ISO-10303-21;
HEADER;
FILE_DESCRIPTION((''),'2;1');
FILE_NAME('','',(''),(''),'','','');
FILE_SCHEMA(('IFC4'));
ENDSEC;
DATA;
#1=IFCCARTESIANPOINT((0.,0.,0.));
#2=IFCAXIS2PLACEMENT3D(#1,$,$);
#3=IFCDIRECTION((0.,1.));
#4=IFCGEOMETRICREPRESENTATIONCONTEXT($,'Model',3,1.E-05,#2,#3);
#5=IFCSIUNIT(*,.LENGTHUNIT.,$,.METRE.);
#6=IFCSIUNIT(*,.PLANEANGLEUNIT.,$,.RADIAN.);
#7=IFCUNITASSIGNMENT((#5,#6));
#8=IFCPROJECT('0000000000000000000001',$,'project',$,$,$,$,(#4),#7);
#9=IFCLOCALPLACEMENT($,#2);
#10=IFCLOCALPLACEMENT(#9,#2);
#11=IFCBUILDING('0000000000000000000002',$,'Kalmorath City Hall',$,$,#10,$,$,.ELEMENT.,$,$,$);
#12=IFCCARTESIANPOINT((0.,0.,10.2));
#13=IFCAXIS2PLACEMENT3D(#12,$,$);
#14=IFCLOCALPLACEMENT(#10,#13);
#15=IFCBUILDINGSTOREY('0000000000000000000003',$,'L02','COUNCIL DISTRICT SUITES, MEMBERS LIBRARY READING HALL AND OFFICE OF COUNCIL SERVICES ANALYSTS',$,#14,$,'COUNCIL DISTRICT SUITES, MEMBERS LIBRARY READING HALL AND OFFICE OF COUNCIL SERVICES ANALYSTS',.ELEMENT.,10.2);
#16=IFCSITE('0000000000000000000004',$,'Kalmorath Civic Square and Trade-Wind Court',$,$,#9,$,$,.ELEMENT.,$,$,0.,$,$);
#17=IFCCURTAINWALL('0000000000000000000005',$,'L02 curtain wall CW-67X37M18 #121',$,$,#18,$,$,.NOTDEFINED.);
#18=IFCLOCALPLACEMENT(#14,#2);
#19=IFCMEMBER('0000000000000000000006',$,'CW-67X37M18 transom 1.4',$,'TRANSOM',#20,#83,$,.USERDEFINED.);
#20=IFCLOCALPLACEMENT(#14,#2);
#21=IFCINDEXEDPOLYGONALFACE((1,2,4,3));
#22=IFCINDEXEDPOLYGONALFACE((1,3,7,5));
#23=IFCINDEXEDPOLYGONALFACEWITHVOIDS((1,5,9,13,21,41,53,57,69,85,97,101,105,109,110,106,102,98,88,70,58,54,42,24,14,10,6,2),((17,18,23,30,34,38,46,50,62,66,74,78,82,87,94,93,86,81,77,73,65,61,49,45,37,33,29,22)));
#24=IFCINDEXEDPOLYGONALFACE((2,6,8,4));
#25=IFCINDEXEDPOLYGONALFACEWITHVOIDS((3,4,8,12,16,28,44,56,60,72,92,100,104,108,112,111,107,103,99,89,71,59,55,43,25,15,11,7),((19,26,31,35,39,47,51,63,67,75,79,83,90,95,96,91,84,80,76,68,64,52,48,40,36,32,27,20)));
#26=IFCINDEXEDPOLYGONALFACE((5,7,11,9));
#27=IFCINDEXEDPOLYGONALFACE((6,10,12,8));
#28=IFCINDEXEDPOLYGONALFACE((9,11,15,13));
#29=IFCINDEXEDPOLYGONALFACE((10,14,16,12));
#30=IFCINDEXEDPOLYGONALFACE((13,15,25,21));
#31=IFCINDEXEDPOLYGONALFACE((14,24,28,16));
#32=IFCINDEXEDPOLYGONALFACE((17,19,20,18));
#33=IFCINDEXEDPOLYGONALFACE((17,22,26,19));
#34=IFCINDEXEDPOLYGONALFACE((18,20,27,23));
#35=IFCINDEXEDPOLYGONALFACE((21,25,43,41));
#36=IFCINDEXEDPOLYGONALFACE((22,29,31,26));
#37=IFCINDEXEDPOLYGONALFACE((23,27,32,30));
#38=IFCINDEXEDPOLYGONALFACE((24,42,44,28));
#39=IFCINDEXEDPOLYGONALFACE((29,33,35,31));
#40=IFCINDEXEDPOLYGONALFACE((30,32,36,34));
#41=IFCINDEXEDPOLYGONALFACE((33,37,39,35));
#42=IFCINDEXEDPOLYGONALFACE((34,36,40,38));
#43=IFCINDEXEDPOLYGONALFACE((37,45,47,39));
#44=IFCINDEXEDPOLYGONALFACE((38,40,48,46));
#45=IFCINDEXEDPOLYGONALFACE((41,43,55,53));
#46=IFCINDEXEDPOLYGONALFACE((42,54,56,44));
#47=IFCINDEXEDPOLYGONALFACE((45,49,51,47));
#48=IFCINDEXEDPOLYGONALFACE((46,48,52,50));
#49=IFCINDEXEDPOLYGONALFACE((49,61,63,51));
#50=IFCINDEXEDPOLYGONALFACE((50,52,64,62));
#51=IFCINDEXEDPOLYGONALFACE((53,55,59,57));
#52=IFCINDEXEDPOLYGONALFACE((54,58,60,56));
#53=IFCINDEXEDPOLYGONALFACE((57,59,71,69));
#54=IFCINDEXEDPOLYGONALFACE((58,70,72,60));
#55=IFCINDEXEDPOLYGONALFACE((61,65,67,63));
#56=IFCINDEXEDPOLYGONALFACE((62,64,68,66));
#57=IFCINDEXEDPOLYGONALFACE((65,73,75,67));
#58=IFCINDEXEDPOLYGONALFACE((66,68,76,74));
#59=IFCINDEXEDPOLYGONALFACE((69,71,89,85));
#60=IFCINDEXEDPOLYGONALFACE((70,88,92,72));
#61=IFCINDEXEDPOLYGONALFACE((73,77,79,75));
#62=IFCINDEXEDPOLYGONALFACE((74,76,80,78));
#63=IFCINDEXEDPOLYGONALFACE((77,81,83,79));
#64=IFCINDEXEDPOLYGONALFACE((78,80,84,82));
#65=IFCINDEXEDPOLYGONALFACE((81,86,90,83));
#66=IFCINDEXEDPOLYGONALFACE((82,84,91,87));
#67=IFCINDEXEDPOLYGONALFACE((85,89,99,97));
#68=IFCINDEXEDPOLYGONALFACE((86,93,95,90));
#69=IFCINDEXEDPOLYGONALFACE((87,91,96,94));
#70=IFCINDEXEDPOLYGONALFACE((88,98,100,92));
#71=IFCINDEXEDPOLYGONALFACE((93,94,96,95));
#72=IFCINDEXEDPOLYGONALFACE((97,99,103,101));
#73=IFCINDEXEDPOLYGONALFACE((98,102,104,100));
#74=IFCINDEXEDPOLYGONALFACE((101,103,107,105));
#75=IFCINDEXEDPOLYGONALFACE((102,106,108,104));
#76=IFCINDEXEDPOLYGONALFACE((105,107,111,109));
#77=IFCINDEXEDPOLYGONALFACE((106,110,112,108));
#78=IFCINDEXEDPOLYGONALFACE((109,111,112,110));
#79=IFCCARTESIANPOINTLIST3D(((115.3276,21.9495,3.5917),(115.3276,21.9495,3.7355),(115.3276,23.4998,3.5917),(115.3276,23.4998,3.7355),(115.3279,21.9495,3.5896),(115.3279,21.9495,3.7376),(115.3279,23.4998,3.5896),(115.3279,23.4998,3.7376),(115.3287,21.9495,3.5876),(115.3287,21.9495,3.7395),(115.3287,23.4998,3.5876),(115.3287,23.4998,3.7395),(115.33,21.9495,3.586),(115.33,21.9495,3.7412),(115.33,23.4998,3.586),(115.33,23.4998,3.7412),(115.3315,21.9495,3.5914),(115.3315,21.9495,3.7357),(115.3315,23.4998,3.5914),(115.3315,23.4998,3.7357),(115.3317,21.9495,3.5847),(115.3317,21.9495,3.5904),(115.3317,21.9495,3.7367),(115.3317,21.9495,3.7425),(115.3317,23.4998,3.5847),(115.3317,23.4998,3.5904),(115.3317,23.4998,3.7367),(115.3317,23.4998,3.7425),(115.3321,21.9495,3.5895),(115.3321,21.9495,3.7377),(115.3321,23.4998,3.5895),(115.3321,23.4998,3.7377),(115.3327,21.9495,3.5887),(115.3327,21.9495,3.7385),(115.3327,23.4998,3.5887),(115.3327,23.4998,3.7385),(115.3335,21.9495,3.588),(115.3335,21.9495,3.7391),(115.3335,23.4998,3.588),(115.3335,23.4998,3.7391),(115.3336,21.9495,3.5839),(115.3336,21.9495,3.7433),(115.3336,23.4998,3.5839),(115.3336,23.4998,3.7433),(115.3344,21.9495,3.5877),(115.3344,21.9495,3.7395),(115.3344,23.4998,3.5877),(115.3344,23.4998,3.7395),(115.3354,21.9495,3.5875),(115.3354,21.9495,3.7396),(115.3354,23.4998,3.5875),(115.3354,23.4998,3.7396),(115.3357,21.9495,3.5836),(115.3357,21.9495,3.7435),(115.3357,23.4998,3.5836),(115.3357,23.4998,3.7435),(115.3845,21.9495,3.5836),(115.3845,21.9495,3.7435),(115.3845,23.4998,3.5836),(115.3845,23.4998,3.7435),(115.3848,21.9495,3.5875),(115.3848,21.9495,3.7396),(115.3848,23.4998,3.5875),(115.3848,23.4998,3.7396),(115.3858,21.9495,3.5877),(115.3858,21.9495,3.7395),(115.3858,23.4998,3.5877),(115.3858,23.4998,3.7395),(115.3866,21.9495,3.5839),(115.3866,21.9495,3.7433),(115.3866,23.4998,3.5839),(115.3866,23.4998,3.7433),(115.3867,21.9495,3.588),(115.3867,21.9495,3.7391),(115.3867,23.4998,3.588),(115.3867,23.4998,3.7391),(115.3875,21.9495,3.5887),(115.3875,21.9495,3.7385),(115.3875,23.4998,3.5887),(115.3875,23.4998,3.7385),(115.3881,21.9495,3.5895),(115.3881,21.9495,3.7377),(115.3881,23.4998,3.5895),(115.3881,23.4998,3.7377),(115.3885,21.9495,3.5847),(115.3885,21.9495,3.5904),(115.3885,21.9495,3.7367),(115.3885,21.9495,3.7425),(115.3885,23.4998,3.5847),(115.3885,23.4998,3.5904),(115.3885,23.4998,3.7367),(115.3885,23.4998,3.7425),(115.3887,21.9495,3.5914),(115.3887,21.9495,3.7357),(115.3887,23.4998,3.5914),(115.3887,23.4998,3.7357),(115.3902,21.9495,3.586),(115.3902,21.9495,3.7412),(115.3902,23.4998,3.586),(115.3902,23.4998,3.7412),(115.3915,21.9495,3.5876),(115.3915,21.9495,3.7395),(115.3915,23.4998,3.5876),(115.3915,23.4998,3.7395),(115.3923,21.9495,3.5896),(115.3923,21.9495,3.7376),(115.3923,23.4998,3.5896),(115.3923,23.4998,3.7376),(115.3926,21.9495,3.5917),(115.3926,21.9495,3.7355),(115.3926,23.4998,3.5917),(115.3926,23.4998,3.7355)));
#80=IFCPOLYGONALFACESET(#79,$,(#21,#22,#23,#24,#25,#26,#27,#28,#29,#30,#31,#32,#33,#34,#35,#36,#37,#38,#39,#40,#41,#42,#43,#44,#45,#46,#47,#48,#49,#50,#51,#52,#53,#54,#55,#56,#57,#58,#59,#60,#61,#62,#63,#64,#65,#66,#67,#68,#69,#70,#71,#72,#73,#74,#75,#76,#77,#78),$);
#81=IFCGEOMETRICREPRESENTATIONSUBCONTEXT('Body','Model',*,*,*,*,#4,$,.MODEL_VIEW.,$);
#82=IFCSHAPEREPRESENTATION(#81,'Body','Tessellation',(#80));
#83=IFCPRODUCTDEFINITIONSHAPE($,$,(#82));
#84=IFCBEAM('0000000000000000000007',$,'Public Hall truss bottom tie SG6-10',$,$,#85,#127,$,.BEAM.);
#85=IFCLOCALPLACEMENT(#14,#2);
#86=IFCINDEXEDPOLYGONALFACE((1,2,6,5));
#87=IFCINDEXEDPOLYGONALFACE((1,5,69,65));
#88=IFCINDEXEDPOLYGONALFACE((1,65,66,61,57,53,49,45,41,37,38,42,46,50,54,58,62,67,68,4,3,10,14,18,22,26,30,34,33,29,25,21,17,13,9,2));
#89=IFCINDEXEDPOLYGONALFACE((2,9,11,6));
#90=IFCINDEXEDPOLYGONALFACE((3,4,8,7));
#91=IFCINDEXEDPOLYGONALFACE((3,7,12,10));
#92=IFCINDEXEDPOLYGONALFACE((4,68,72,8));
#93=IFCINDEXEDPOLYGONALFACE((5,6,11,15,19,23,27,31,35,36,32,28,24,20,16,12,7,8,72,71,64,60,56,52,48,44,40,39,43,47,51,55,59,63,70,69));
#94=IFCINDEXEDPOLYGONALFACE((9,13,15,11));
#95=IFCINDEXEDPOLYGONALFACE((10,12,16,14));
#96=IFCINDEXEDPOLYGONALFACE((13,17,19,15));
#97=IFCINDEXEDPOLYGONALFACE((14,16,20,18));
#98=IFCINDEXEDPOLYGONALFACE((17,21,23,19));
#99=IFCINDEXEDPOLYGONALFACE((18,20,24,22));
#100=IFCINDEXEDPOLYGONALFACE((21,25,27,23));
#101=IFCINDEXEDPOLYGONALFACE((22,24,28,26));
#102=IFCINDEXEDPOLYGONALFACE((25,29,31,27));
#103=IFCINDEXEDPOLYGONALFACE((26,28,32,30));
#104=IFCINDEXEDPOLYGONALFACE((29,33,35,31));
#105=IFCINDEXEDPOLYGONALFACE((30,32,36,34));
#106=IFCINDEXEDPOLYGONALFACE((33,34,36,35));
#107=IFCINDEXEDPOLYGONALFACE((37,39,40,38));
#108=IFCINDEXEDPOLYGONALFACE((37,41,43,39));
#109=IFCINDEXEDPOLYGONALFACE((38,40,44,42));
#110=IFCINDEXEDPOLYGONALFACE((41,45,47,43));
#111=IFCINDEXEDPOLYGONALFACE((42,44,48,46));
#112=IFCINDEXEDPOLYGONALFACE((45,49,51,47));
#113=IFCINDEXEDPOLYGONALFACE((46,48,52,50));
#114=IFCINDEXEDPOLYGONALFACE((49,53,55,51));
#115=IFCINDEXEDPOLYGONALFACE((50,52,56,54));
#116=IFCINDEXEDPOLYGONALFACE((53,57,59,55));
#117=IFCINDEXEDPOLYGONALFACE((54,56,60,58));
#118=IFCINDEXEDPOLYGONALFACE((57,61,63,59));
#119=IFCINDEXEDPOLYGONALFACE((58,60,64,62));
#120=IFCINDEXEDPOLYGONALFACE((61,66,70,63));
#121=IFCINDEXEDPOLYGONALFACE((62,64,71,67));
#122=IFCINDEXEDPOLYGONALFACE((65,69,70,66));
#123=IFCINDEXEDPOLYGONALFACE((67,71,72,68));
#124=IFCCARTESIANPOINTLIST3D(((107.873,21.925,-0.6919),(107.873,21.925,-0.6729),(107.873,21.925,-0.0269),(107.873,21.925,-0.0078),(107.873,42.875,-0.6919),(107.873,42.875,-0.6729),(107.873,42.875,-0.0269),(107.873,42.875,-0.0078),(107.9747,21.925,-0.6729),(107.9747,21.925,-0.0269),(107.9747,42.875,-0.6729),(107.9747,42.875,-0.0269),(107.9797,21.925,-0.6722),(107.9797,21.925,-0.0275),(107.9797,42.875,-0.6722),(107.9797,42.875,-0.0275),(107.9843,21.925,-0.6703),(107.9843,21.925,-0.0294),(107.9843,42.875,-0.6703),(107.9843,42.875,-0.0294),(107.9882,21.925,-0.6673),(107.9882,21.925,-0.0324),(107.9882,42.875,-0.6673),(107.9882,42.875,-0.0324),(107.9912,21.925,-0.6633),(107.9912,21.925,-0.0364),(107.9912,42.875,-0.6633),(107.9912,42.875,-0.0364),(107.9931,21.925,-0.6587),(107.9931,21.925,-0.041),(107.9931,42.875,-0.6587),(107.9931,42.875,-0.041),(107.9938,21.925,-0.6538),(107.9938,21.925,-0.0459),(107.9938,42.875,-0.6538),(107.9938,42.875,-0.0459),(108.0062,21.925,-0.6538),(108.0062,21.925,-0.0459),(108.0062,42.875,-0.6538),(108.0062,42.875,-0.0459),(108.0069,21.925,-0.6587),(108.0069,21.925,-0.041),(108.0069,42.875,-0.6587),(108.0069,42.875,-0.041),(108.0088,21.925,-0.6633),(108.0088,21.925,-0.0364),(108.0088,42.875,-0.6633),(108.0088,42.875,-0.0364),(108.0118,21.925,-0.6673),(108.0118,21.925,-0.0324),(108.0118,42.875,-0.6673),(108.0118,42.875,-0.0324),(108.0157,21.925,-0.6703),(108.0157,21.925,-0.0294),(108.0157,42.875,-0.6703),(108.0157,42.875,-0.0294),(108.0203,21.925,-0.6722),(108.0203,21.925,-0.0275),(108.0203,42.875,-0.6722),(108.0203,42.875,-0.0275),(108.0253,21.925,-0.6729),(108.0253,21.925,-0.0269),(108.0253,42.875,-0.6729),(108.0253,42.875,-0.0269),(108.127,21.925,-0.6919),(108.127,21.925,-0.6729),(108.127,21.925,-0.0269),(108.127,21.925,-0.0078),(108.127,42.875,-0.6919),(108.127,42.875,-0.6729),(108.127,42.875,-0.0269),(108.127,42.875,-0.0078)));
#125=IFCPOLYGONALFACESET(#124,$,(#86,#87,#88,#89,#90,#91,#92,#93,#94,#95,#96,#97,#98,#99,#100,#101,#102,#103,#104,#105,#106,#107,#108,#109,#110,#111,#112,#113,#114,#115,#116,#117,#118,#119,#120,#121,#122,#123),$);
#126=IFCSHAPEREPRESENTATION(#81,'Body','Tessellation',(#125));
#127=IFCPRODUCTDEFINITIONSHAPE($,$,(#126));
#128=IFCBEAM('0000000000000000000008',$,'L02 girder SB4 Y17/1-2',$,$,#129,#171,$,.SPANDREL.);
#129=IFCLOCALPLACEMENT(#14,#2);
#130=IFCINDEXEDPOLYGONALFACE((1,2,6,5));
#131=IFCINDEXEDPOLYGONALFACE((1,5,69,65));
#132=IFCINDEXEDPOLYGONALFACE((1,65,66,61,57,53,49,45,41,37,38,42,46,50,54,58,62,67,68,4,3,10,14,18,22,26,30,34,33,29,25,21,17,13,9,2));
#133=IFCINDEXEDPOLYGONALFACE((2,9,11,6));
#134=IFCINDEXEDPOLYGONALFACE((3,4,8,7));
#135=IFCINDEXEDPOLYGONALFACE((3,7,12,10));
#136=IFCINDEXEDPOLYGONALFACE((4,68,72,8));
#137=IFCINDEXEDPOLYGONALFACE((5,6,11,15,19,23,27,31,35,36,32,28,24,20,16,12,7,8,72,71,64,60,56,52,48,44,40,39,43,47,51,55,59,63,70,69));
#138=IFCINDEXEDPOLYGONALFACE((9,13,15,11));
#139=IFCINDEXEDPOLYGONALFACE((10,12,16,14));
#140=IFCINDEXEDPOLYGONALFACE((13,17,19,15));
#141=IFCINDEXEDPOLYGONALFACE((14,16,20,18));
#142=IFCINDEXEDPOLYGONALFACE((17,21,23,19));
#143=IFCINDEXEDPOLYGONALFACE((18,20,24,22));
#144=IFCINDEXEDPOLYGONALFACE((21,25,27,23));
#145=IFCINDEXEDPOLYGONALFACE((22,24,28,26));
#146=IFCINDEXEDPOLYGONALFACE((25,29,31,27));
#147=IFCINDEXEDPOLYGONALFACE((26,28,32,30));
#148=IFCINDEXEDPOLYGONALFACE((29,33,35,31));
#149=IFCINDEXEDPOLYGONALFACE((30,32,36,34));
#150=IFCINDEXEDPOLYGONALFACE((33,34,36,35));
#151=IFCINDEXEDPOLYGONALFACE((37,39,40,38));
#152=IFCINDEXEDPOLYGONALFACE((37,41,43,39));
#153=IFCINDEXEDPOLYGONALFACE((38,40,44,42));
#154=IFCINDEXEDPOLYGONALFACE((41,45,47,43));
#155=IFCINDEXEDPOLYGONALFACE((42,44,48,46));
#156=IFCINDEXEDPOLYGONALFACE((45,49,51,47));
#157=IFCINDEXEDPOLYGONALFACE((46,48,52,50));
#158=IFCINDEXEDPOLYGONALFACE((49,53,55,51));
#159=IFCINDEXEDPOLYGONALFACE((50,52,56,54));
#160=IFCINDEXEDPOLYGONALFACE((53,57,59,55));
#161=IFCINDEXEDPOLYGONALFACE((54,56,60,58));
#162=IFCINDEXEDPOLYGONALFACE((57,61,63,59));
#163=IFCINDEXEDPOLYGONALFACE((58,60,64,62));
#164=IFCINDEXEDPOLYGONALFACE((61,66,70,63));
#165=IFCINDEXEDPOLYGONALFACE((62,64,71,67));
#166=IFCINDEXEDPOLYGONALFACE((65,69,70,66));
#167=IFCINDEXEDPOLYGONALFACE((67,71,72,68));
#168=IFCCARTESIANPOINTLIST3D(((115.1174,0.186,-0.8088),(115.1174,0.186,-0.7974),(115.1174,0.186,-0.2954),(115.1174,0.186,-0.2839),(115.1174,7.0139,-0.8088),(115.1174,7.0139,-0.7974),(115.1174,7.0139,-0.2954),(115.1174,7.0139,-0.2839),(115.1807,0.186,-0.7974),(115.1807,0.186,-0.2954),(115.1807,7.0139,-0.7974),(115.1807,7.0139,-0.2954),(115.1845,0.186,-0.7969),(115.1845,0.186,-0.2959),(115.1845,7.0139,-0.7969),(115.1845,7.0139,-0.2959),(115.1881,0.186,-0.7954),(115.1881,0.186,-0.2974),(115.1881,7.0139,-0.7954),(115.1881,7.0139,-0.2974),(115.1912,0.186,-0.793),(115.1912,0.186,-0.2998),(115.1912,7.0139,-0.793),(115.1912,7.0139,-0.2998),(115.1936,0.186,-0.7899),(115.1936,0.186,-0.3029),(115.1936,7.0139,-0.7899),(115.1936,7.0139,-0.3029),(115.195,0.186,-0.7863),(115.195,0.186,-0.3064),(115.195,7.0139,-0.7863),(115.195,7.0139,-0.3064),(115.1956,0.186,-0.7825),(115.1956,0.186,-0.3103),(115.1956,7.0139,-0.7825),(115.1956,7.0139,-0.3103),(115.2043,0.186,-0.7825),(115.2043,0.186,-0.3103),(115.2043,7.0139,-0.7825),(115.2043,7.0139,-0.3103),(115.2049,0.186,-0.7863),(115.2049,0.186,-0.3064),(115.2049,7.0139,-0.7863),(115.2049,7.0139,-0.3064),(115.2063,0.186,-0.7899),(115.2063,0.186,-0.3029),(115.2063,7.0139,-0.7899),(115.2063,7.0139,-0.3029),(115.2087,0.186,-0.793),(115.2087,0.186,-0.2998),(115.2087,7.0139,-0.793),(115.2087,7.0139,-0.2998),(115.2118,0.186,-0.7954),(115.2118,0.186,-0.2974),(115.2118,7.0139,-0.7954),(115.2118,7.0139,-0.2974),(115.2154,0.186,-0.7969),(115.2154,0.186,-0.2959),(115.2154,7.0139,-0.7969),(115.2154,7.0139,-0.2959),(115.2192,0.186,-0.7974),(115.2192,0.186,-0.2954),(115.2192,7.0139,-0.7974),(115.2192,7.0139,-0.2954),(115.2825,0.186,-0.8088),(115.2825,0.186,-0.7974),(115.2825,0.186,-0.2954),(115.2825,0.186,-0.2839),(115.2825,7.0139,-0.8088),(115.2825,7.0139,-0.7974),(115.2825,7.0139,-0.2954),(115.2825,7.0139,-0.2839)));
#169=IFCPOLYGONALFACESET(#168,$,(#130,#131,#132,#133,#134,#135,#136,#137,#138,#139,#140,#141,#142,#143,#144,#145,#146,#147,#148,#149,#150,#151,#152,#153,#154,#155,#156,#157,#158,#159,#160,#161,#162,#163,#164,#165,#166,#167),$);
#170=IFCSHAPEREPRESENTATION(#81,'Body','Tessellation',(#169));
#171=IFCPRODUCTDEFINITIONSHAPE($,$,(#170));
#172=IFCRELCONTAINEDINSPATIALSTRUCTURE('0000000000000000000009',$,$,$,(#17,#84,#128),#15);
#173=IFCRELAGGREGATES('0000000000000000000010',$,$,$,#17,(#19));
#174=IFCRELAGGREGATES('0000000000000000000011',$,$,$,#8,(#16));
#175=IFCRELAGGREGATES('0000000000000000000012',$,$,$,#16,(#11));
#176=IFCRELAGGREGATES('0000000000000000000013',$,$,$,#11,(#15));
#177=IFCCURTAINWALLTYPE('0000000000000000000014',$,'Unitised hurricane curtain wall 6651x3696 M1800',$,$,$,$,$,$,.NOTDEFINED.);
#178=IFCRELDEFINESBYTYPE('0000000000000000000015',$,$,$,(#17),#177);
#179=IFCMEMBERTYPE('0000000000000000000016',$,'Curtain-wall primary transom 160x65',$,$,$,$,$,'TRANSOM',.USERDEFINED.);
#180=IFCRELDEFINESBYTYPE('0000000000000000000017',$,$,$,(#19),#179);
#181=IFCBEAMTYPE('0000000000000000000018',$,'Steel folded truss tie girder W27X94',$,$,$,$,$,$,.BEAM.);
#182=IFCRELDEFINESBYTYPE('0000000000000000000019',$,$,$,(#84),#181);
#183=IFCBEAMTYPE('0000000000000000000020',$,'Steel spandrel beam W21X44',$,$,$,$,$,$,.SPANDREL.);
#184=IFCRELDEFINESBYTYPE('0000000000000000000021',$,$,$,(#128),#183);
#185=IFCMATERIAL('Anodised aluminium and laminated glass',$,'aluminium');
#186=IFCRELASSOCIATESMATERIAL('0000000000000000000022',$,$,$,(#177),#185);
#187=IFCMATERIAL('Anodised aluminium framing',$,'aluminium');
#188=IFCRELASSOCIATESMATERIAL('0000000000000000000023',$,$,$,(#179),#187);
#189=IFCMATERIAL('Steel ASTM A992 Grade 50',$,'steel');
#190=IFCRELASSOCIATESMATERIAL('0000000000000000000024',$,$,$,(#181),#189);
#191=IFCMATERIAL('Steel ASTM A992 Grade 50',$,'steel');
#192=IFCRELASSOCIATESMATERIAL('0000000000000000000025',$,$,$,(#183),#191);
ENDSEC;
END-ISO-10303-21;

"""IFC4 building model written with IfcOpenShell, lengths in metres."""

from ifc_helpers import new_model, si_unit, direction, frame, origin, origin_2d, place, context, subcontext, project, spatial, hollow_rectangle, i_section, extrude, material, material_profile, profile_set, type_object, element, aggregate, save


model = new_model("IFC4")

# Units and contexts
model_context = context("Model", 3, precision=1e-05, world=origin(), true_north=direction((0.0, 1.0)))
body_context = subcontext(model_context, "Body", "Model", "MODEL_VIEW")
ifc_project = project(units=[si_unit("LENGTHUNIT", "METRE"), si_unit("PLANEANGLEUNIT", "RADIAN")], contexts=[model_context])

# Site, building, storey
site_placement = place(None, origin())
site = spatial("IfcSite", under=ifc_project, at=site_placement, Name="Kalmorath Civic Square and Trade-Wind Court", CompositionType="ELEMENT", RefElevation=0.0)
building_placement = place(site_placement, origin())
building = spatial("IfcBuilding", under=site, at=building_placement, Name="Kalmorath City Hall", CompositionType="ELEMENT")
storey_placement = place(building_placement, frame((0.0, 0.0, 10.2)))
storey = spatial("IfcBuildingStorey", under=building, at=storey_placement, Name="L02", Description="COUNCIL DISTRICT SUITES, MEMBERS LIBRARY READING HALL AND OFFICE OF COUNCIL SERVICES ANALYSTS", LongName="COUNCIL DISTRICT SUITES, MEMBERS LIBRARY READING HALL AND OFFICE OF COUNCIL SERVICES ANALYSTS", CompositionType="ELEMENT", Elevation=10.2)

# Curtain wall, member
ifc_material_1 = material(Name="Anodised aluminium and laminated glass", Category="aluminium")
curtain_wall_type = type_object("IfcCurtainWallType", Name="Unitised hurricane curtain wall 6651x3696 M1800", PredefinedType="NOTDEFINED", material=ifc_material_1)
curtain_wall_placement = place(storey_placement, origin())
curtain_wall = element("IfcCurtainWall", 1, at=curtain_wall_placement, inside=storey, type_object=curtain_wall_type, Name="L02 curtain wall CW-67X37M18 #121", PredefinedType="NOTDEFINED")
ifc_material_2 = material(Name="Anodised aluminium framing", Category="aluminium")
ifc_material_profile_1 = material_profile(ifc_material_2, hollow_rectangle(XDim=0.0649, YDim=0.1599, WallThickness=0.0039, InnerFilletRadius=0.0039, OuterFilletRadius=0.0081, at=origin_2d()), Name="ALU-TRN-160X65X4")
ifc_profile_set_1 = profile_set([ifc_material_profile_1], Name="Anodised aluminium framing")
member_type_1 = type_object("IfcMemberType", Name="Curtain-wall primary transom 160x65", ElementType="TRANSOM", PredefinedType="USERDEFINED", material=ifc_profile_set_1)
member_1_placement = place(storey_placement, frame((115.3601, 21.9495, 3.6636), z_axis=(0.0, 1.0, 0.0), x_axis=(-1.0, 0.0, 0.0)))
member_1 = element("IfcMember", 2, at=member_1_placement, type_object=member_type_1, Name="CW-67X37M18 transom 1.4", ObjectType="TRANSOM", PredefinedType="USERDEFINED", context=body_context, shape_type="SweptSolid", body=[
    extrude(hollow_rectangle(XDim=0.0649, YDim=0.1599, WallThickness=0.0039, InnerFilletRadius=0.0039, OuterFilletRadius=0.0081, at=origin_2d()), origin(), (0.0, 0.0, 1.0), 1.5503),
])
aggregate(curtain_wall, [member_1])

# Beams
ifc_material_3 = material(Name="Steel ASTM A992 Grade 50", Category="steel")
ifc_material_profile_2 = material_profile(ifc_material_3, i_section(OverallWidth=0.2539, OverallDepth=0.6841, WebThickness=0.0125, FlangeThickness=0.019, FilletRadius=0.019, at=origin_2d()), Name="W27X94")
ifc_profile_set_2 = profile_set([ifc_material_profile_2], Name="Steel ASTM A992 Grade 50")
beam_type_1 = type_object("IfcBeamType", Name="Steel folded truss tie girder W27X94", PredefinedType="BEAM", material=ifc_profile_set_2)
beam_1_placement = place(storey_placement, frame((108.0, 21.925, -0.3499), z_axis=(0.0, 1.0, 0.0), x_axis=(-1.0, 0.0, 0.0)))
element("IfcBeam", 3, at=beam_1_placement, inside=storey, type_object=beam_type_1, Name="Public Hall truss bottom tie SG6-10", PredefinedType="BEAM", context=body_context, shape_type="SweptSolid", body=[
    extrude(i_section(OverallWidth=0.2539, OverallDepth=0.6841, WebThickness=0.0125, FlangeThickness=0.019, FilletRadius=0.019, at=origin_2d()), origin(), (0.0, 0.0, 1.0), 20.95),
])
ifc_material_4 = material(Name="Steel ASTM A992 Grade 50", Category="steel")
ifc_material_profile_3 = material_profile(ifc_material_4, i_section(OverallWidth=0.165, OverallDepth=0.5249, WebThickness=0.0088, FlangeThickness=0.0115, FilletRadius=0.0149, at=origin_2d()), Name="W21X44")
ifc_profile_set_3 = profile_set([ifc_material_profile_3], Name="Steel ASTM A992 Grade 50")
beam_type_2 = type_object("IfcBeamType", Name="Steel spandrel beam W21X44", PredefinedType="SPANDREL", material=ifc_profile_set_3)
beam_2_placement = place(storey_placement, frame((115.2, 0.186, -0.5464), z_axis=(0.0, 1.0, 0.0), x_axis=(-1.0, 0.0, 0.0)))
element("IfcBeam", 4, at=beam_2_placement, inside=storey, type_object=beam_type_2, Name="L02 girder SB4 Y17/1-2", PredefinedType="SPANDREL", context=body_context, shape_type="SweptSolid", body=[
    extrude(i_section(OverallWidth=0.165, OverallDepth=0.5249, WebThickness=0.0088, FlangeThickness=0.0115, FilletRadius=0.0149, at=origin_2d()), origin(), (0.0, 0.0, 1.0), 6.8279),
])

save(model, "model.ifc")
